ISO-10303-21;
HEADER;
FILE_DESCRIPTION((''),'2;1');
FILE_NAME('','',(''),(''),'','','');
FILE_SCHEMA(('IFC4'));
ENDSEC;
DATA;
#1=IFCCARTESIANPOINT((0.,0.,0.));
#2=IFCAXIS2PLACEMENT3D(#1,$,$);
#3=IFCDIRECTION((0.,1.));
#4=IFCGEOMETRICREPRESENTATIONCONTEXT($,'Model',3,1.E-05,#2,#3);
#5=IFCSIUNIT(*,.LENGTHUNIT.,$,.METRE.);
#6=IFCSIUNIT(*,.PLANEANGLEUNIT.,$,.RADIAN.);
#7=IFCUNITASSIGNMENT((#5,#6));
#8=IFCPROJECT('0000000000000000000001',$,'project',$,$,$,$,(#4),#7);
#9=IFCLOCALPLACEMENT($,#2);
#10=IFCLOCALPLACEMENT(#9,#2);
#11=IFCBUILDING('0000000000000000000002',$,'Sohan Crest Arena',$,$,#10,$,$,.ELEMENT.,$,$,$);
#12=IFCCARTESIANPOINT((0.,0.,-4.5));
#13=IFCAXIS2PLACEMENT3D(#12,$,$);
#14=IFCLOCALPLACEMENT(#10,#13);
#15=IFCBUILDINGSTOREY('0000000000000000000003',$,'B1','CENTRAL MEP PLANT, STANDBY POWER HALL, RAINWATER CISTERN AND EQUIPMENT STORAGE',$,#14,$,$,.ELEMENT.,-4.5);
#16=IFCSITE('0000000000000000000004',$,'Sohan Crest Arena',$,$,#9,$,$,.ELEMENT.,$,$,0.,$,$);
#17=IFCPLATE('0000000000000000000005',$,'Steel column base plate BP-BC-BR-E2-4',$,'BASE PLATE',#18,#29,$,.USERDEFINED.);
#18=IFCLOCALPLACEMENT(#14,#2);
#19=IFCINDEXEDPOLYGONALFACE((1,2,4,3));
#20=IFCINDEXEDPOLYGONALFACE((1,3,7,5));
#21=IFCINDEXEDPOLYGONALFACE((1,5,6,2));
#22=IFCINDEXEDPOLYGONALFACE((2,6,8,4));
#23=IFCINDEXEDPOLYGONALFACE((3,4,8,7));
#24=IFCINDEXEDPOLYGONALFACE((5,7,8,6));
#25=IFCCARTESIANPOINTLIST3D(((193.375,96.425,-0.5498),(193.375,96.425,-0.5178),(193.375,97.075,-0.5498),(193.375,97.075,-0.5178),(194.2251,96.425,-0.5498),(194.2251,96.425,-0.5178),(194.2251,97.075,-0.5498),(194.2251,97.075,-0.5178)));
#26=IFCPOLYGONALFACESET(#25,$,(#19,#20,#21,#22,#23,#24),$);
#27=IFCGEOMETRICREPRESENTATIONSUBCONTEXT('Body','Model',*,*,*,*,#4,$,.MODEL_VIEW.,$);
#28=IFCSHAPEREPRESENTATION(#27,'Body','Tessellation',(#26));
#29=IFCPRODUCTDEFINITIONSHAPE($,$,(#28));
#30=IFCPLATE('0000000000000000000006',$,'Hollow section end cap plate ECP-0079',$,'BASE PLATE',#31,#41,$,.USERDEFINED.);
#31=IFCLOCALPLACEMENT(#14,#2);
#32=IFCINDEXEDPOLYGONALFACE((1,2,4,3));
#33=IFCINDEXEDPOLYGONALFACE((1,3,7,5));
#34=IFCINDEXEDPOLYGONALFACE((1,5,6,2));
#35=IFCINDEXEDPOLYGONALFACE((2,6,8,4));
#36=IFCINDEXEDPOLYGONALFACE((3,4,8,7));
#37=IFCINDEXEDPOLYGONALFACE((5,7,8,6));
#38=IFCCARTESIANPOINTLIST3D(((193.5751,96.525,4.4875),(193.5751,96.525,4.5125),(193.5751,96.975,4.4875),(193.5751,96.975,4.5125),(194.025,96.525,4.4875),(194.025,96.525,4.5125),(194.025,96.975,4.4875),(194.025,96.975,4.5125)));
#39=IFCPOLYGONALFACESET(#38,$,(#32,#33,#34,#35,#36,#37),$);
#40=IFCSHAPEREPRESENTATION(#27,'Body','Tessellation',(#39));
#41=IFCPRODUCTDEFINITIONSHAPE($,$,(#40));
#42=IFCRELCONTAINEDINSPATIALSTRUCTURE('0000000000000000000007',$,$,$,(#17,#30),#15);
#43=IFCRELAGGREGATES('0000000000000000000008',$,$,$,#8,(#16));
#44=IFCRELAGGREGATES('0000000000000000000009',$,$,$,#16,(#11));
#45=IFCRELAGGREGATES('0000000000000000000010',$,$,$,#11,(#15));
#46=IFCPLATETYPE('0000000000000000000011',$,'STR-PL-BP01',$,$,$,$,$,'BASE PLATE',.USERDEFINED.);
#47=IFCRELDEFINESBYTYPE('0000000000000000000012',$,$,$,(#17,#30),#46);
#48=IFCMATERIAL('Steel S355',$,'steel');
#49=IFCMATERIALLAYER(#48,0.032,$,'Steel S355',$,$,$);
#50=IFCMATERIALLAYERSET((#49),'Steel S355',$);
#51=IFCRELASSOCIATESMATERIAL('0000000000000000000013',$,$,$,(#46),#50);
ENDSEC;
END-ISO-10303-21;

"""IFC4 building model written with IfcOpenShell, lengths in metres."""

from ifc_helpers import new_model, si_unit, direction, frame, origin, origin_2d, place, context, subcontext, project, spatial, rectangle, extrude, material, layer, layer_set, type_object, element, save


model = new_model("IFC4")

# Units and contexts
model_context = context("Model", 3, precision=1e-05, world=origin(), true_north=direction((0.0, 1.0)))
body_context = subcontext(model_context, "Body", "Model", "MODEL_VIEW")
ifc_project = project(units=[si_unit("LENGTHUNIT", "METRE"), si_unit("PLANEANGLEUNIT", "RADIAN")], contexts=[model_context])

# Site, building, storey
site_placement = place(None, origin())
site = spatial("IfcSite", under=ifc_project, at=site_placement, Name="Sohan Crest Arena", CompositionType="ELEMENT", RefElevation=0.0)
building_placement = place(site_placement, origin())
building = spatial("IfcBuilding", under=site, at=building_placement, Name="Sohan Crest Arena", CompositionType="ELEMENT")
storey_placement = place(building_placement, frame((0.0, 0.0, -4.5)))
storey = spatial("IfcBuildingStorey", under=building, at=storey_placement, Name="B1", Description="CENTRAL MEP PLANT, STANDBY POWER HALL, RAINWATER CISTERN AND EQUIPMENT STORAGE", CompositionType="ELEMENT", Elevation=-4.5)

# Shared definitions
ifc_material_1 = material(Name="Steel S355", Category="steel")

# Plates
ifc_layer = layer(ifc_material_1, 0.032, Name="Steel S355")
ifc_layer_set = layer_set([ifc_layer], Name="Steel S355")
plate_type = type_object("IfcPlateType", Name="STR-PL-BP01", ElementType="BASE PLATE", PredefinedType="USERDEFINED", material=ifc_layer_set)
plate_1_placement = place(storey_placement, frame((193.8, 96.75, -0.5498), z_axis=(0.0, 0.0, 1.0), x_axis=(1.0, 0.0, 0.0)))
element("IfcPlate", 1, at=plate_1_placement, inside=storey, type_object=plate_type, Name="Steel column base plate BP-BC-BR-E2-4", ObjectType="BASE PLATE", PredefinedType="USERDEFINED", context=body_context, shape_type="SweptSolid", body=[
    extrude(rectangle(XDim=0.8501, YDim=0.6499, at=origin_2d()), origin(), (0.0, 0.0, 1.0), 0.032),
])
plate_2_placement = place(storey_placement, frame((193.8, 96.75, 4.4875), z_axis=(0.0, 0.0, 1.0), x_axis=(1.0, 0.0, 0.0)))
element("IfcPlate", 2, at=plate_2_placement, inside=storey, type_object=plate_type, Name="Hollow section end cap plate ECP-0079", ObjectType="BASE PLATE", PredefinedType="USERDEFINED", context=body_context, shape_type="SweptSolid", body=[
    extrude(rectangle(XDim=0.45, YDim=0.45, at=origin_2d()), origin(), (0.0, 0.0, 1.0), 0.0249),
])

save(model, "model.ifc")
